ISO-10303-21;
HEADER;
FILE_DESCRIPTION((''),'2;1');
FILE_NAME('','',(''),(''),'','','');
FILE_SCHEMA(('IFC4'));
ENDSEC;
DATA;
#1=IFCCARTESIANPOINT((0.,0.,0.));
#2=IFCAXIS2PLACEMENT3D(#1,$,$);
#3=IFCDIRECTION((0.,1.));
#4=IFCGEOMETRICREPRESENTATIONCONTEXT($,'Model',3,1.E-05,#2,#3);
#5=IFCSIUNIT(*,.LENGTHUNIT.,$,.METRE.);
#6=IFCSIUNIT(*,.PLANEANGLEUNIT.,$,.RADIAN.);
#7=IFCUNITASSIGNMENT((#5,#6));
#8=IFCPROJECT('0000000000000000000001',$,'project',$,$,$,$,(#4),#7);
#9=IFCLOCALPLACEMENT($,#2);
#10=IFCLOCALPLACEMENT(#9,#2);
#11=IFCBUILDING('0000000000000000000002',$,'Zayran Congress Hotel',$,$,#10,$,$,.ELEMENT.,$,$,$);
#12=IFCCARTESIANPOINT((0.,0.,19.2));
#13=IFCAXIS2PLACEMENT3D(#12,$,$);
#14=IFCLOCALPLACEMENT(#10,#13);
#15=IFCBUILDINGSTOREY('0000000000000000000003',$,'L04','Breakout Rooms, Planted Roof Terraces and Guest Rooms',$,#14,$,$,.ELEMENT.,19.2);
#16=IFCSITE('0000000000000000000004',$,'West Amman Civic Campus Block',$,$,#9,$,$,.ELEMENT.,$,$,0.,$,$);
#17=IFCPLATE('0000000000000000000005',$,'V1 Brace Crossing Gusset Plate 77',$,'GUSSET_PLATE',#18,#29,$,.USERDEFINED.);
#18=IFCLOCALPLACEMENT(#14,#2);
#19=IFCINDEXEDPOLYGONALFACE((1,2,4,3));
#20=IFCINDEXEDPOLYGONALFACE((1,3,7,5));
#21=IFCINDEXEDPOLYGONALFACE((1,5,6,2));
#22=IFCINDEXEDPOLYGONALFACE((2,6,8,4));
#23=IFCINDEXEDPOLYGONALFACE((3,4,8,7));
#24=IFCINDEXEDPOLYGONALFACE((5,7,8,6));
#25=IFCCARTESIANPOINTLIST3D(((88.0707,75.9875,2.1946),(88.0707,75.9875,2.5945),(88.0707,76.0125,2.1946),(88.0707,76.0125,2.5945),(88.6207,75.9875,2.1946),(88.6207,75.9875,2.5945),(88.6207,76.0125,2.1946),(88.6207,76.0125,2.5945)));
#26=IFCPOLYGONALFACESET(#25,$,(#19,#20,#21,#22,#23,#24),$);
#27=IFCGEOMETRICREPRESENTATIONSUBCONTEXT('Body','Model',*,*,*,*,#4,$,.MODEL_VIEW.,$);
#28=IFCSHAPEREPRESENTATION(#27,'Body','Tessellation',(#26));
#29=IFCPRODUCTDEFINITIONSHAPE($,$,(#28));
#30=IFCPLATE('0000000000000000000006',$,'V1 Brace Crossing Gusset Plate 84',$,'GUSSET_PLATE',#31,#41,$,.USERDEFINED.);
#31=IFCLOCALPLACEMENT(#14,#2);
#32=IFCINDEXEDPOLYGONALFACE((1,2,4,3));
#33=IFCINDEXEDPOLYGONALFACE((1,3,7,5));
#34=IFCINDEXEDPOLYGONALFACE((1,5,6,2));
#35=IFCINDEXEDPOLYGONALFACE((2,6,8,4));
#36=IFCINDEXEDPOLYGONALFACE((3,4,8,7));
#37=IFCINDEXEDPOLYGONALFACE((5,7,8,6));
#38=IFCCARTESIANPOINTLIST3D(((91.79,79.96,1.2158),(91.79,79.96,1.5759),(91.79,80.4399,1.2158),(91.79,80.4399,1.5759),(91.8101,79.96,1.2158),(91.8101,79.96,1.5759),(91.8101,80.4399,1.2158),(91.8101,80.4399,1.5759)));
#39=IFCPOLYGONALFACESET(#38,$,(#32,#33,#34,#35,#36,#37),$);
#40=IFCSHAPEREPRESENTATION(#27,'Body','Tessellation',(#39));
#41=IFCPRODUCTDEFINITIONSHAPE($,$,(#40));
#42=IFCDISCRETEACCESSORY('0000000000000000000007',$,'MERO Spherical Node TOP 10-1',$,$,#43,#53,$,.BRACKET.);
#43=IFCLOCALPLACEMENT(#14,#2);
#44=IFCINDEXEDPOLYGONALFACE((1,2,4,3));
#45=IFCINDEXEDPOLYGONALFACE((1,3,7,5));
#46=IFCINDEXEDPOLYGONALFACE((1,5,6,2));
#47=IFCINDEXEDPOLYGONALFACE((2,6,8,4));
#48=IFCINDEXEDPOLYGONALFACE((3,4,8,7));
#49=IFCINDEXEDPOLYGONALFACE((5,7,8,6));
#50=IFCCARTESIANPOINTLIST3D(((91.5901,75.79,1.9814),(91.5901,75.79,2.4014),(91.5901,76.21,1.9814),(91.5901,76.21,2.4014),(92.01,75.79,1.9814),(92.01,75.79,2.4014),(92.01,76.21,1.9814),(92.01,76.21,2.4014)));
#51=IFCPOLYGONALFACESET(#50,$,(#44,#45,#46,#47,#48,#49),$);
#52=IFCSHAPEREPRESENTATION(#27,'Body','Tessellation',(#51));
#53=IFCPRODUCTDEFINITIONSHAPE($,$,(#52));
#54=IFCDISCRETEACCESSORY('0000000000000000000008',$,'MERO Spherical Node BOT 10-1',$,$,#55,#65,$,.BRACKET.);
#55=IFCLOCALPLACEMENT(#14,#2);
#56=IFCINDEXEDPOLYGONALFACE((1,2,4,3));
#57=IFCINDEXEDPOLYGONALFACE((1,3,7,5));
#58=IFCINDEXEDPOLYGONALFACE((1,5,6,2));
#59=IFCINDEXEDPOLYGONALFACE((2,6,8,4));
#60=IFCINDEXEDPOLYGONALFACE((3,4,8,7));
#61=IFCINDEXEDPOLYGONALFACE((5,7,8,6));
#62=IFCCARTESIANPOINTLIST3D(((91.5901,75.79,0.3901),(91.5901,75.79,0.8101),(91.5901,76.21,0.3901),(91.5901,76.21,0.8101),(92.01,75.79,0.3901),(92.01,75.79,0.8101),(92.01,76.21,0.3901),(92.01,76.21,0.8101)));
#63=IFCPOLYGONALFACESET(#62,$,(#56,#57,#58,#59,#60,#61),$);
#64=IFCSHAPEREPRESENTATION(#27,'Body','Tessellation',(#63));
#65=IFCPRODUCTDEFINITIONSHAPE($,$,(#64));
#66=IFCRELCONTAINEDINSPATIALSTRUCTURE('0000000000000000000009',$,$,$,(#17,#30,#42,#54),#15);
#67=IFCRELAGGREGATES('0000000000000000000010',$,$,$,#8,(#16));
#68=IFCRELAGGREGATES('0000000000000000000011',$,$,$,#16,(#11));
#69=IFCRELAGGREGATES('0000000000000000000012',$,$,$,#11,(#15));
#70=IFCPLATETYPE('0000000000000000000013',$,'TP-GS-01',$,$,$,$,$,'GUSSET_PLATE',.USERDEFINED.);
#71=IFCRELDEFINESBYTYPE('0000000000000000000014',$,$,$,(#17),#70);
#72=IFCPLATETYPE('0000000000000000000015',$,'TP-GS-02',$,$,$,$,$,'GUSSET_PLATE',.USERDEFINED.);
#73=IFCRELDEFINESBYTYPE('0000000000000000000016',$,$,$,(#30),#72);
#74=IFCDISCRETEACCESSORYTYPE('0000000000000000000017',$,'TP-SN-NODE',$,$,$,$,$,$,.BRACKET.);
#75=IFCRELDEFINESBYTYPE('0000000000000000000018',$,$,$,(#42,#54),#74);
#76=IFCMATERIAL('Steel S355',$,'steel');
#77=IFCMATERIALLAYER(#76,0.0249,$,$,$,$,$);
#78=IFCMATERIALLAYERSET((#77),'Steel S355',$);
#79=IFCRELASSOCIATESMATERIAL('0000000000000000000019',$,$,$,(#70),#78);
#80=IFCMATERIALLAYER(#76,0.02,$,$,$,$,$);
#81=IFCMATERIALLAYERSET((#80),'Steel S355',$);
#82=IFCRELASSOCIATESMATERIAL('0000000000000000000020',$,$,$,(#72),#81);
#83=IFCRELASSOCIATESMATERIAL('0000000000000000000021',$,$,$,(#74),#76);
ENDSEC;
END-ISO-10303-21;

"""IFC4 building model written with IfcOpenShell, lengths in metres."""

from ifc_helpers import new_model, si_unit, direction, frame, origin, origin_2d, place, context, subcontext, project, spatial, rectangle, extrude, material, layer, layer_set, type_object, element, save


model = new_model("IFC4")

# Units and contexts
model_context = context("Model", 3, precision=1e-05, world=origin(), true_north=direction((0.0, 1.0)))
body_context = subcontext(model_context, "Body", "Model", "MODEL_VIEW")
ifc_project = project(units=[si_unit("LENGTHUNIT", "METRE"), si_unit("PLANEANGLEUNIT", "RADIAN")], contexts=[model_context])

# Site, building, storey
site_placement = place(None, origin())
site = spatial("IfcSite", under=ifc_project, at=site_placement, Name="West Amman Civic Campus Block", CompositionType="ELEMENT", RefElevation=0.0)
building_placement = place(site_placement, origin())
building = spatial("IfcBuilding", under=site, at=building_placement, Name="Zayran Congress Hotel", CompositionType="ELEMENT")
storey_placement = place(building_placement, frame((0.0, 0.0, 19.2)))
storey = spatial("IfcBuildingStorey", under=building, at=storey_placement, Name="L04", Description="Breakout Rooms, Planted Roof Terraces and Guest Rooms", CompositionType="ELEMENT", Elevation=19.2)

# Shared definitions
ifc_material = material(Name="Steel S355", Category="steel")

# Plates
ifc_layer_1 = layer(ifc_material, 0.0249)
ifc_layer_set_1 = layer_set([ifc_layer_1], Name="Steel S355")
plate_type_1 = type_object("IfcPlateType", Name="TP-GS-01", ElementType="GUSSET_PLATE", PredefinedType="USERDEFINED", material=ifc_layer_set_1)
plate_1_placement = place(storey_placement, frame((88.3457, 76.0, 2.1946), z_axis=(0.0, 0.0, 1.0), x_axis=(1.0, 0.0, 0.0)))
element("IfcPlate", 1, at=plate_1_placement, inside=storey, type_object=plate_type_1, Name="V1 Brace Crossing Gusset Plate 77", ObjectType="GUSSET_PLATE", PredefinedType="USERDEFINED", context=body_context, shape_type="SweptSolid", body=[
    extrude(rectangle(XDim=0.55, YDim=0.0249, at=origin_2d()), origin(), (0.0, 0.0, 1.0), 0.3999),
])
ifc_layer_2 = layer(ifc_material, 0.02)
ifc_layer_set_2 = layer_set([ifc_layer_2], Name="Steel S355")
plate_type_2 = type_object("IfcPlateType", Name="TP-GS-02", ElementType="GUSSET_PLATE", PredefinedType="USERDEFINED", material=ifc_layer_set_2)
plate_2_placement = place(storey_placement, frame((91.8, 80.2, 1.2158), z_axis=(0.0, 0.0, 1.0), x_axis=(0.0, 1.0, 0.0)))
element("IfcPlate", 2, at=plate_2_placement, inside=storey, type_object=plate_type_2, Name="V1 Brace Crossing Gusset Plate 84", ObjectType="GUSSET_PLATE", PredefinedType="USERDEFINED", context=body_context, shape_type="SweptSolid", body=[
    extrude(rectangle(XDim=0.48, YDim=0.02, at=origin_2d()), origin(), (0.0, 0.0, 1.0), 0.3601),
])

# Discrete accessories
discrete_accessory_type = type_object("IfcDiscreteAccessoryType", Name="TP-SN-NODE", PredefinedType="BRACKET", material=ifc_material)
for number, where, z_axis, x_axis, name in (
    (3, (91.8, 76.0, 1.9814), (0.0, 0.0, 1.0), (1.0, 0.0, 0.0), "MERO Spherical Node TOP 10-1"),
    (4, (91.8, 76.0, 0.3901), (0.0, 0.0, 1.0), (1.0, 0.0, 0.0), "MERO Spherical Node BOT 10-1"),
):
    element("IfcDiscreteAccessory", number, at=place(storey_placement, frame(where, z_axis=z_axis, x_axis=x_axis)), inside=storey, type_object=discrete_accessory_type, Name=name, PredefinedType="BRACKET", context=body_context, shape_type="SweptSolid", body=[
        extrude(rectangle(XDim=0.4199, YDim=0.4199, at=origin_2d()), origin(), (0.0, 0.0, 1.0), 0.4199),
    ])

save(model, "model.ifc")
